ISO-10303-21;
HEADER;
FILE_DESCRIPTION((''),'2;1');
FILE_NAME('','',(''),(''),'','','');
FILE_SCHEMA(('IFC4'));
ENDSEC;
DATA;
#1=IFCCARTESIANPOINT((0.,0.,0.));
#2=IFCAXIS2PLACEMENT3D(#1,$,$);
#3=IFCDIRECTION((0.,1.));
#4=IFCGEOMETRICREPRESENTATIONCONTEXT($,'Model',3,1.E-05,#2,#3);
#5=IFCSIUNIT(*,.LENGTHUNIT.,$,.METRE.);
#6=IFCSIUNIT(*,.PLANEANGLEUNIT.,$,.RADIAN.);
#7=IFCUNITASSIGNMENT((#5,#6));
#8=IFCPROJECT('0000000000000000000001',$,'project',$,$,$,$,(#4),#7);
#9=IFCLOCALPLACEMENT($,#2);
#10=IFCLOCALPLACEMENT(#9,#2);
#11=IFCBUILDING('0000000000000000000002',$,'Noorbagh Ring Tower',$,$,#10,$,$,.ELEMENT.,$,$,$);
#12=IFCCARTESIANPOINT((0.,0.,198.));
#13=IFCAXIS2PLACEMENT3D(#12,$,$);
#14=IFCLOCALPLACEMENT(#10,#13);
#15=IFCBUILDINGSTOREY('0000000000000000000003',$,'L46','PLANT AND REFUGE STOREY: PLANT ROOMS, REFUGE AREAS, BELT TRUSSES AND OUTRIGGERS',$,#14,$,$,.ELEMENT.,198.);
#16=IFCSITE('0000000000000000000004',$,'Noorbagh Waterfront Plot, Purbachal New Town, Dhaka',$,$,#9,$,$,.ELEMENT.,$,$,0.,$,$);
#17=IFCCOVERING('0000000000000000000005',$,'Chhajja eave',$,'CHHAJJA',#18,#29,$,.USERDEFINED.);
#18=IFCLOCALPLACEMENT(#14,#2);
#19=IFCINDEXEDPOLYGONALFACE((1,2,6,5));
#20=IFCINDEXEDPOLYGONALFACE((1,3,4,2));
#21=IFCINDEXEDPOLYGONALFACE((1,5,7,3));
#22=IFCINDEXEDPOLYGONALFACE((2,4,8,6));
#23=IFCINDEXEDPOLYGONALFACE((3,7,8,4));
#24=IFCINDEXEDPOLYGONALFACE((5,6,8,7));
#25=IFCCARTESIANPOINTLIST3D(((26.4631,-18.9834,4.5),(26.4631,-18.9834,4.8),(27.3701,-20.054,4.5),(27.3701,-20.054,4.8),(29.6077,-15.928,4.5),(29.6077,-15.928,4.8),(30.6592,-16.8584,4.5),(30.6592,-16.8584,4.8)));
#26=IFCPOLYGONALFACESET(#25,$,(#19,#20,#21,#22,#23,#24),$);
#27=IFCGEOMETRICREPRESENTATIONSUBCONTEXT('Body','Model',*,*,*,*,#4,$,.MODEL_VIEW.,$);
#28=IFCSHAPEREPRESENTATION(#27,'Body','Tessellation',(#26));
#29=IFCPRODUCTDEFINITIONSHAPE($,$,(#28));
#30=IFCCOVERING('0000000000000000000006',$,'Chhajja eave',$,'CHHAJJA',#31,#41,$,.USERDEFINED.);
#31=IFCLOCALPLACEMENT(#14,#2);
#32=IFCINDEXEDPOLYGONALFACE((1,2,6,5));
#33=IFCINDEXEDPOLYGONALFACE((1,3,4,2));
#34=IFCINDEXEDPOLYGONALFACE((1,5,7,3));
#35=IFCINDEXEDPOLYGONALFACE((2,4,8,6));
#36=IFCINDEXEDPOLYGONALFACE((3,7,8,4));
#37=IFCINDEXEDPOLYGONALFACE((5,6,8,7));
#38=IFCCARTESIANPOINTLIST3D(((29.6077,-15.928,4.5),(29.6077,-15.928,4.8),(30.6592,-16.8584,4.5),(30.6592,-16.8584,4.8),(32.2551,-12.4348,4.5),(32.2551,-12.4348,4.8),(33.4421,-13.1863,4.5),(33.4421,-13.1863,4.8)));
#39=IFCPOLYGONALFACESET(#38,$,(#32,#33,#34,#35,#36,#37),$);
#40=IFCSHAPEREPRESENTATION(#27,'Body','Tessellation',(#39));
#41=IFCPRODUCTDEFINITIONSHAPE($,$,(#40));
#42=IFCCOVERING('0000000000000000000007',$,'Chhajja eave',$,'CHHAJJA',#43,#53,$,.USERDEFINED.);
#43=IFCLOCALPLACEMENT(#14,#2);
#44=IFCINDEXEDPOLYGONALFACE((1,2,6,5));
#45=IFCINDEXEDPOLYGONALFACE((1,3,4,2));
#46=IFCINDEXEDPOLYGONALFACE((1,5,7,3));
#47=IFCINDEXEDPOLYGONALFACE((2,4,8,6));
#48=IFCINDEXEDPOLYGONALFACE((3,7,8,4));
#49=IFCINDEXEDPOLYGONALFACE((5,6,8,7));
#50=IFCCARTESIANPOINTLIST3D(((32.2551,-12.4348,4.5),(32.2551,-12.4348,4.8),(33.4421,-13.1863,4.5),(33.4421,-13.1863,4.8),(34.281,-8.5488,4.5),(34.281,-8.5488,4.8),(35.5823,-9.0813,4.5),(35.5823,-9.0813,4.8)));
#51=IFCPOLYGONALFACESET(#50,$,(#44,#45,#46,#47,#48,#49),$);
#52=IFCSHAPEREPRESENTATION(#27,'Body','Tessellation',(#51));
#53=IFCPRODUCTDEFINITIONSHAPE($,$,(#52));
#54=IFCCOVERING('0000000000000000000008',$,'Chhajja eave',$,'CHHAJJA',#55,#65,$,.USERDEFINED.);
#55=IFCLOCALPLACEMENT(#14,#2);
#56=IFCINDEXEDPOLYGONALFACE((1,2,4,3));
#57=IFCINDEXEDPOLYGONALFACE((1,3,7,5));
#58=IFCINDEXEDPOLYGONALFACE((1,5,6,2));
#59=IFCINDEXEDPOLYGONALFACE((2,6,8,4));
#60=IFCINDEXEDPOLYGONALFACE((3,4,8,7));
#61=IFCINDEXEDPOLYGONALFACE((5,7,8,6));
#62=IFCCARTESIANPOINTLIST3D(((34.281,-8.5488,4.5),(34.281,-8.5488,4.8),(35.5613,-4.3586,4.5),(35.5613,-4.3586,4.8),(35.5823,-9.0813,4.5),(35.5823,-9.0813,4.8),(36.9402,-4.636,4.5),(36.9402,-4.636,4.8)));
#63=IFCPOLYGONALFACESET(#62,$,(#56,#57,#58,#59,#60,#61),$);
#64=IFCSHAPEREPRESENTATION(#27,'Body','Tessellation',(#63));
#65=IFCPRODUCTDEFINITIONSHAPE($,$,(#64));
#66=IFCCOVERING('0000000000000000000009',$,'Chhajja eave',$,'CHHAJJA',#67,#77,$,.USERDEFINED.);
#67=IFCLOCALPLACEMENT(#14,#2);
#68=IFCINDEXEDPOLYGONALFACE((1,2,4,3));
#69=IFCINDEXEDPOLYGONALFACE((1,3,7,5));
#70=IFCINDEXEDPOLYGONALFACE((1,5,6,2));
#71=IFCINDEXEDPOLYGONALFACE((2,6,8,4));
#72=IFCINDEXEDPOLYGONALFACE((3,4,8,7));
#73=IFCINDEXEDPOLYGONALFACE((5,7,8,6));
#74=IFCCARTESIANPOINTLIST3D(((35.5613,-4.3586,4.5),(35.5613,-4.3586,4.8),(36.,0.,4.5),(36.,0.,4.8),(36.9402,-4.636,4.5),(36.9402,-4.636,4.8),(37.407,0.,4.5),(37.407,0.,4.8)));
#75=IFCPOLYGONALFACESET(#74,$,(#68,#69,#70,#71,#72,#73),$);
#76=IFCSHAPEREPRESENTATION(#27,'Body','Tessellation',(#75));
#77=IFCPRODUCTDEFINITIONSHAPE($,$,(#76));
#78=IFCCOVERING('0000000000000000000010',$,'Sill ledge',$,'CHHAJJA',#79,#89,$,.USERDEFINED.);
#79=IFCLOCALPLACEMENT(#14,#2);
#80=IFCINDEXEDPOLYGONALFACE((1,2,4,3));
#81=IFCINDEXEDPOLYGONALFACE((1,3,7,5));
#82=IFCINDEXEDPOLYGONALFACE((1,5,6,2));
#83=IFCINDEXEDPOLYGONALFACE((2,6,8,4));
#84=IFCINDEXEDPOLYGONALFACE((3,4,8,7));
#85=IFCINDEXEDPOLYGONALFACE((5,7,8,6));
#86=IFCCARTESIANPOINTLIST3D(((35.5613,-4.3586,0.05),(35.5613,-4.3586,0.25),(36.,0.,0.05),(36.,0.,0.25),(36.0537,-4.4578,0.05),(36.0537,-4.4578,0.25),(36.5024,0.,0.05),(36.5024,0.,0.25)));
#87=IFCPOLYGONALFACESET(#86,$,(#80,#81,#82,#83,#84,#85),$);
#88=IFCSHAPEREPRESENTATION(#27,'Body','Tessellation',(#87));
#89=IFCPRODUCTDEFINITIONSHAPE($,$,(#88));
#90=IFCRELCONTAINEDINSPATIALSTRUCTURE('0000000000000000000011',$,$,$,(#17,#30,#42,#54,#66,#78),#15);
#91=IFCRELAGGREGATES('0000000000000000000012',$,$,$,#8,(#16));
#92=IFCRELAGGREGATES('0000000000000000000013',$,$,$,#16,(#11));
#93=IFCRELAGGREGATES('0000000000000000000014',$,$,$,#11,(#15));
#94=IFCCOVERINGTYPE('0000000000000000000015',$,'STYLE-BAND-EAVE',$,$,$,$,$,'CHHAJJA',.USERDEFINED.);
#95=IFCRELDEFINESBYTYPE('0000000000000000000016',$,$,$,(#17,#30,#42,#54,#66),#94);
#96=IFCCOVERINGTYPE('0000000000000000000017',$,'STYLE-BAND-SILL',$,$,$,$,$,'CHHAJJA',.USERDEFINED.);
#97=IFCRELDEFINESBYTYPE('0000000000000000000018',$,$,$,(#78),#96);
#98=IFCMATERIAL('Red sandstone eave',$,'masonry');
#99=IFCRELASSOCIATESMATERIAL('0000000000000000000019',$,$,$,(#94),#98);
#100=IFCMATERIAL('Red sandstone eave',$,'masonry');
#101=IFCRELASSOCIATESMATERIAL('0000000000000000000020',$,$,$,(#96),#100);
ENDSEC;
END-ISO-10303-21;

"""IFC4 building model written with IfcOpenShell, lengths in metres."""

from ifc_helpers import new_model, si_unit, direction, frame, origin, place, context, subcontext, project, spatial, polyline, outline, extrude, material, type_object, element, save


model = new_model("IFC4")

# Units and contexts
model_context = context("Model", 3, precision=1e-05, world=origin(), true_north=direction((0.0, 1.0)))
body_context = subcontext(model_context, "Body", "Model", "MODEL_VIEW")
ifc_project = project(units=[si_unit("LENGTHUNIT", "METRE"), si_unit("PLANEANGLEUNIT", "RADIAN")], contexts=[model_context])

# Site, building, storey
site_placement = place(None, origin())
site = spatial("IfcSite", under=ifc_project, at=site_placement, Name="Noorbagh Waterfront Plot, Purbachal New Town, Dhaka", CompositionType="ELEMENT", RefElevation=0.0)
building_placement = place(site_placement, origin())
building = spatial("IfcBuilding", under=site, at=building_placement, Name="Noorbagh Ring Tower", CompositionType="ELEMENT")
storey_placement = place(building_placement, frame((0.0, 0.0, 198.0)))
storey = spatial("IfcBuildingStorey", under=building, at=storey_placement, Name="L46", Description="PLANT AND REFUGE STOREY: PLANT ROOMS, REFUGE AREAS, BELT TRUSSES AND OUTRIGGERS", CompositionType="ELEMENT", Elevation=198.0)

# Coverings
ifc_material_1 = material(Name="Red sandstone eave", Category="masonry")
covering_type_1 = type_object("IfcCoveringType", Name="STYLE-BAND-EAVE", ElementType="CHHAJJA", PredefinedType="USERDEFINED", material=ifc_material_1)
covering_1_placement = place(storey_placement, frame((0.0, 0.0, 4.5)))
element("IfcCovering", 1, at=covering_1_placement, inside=storey, type_object=covering_type_1, Name="Chhajja eave", ObjectType="CHHAJJA", PredefinedType="USERDEFINED", context=body_context, shape_type="SweptSolid", body=[
    extrude(outline(polyline([(26.4631, -18.9834), (29.6077, -15.928), (30.6592, -16.8584), (27.3701, -20.054), (26.4631, -18.9834)])), origin(), (0.0, 0.0, 1.0), 0.3),
])
covering_2_placement = place(storey_placement, frame((0.0, 0.0, 4.5)))
element("IfcCovering", 2, at=covering_2_placement, inside=storey, type_object=covering_type_1, Name="Chhajja eave", ObjectType="CHHAJJA", PredefinedType="USERDEFINED", context=body_context, shape_type="SweptSolid", body=[
    extrude(outline(polyline([(29.6077, -15.928), (32.2551, -12.4348), (33.4421, -13.1863), (30.6592, -16.8584), (29.6077, -15.928)])), origin(), (0.0, 0.0, 1.0), 0.3),
])
covering_3_placement = place(storey_placement, frame((0.0, 0.0, 4.5)))
element("IfcCovering", 3, at=covering_3_placement, inside=storey, type_object=covering_type_1, Name="Chhajja eave", ObjectType="CHHAJJA", PredefinedType="USERDEFINED", context=body_context, shape_type="SweptSolid", body=[
    extrude(outline(polyline([(32.2551, -12.4348), (34.281, -8.5488), (35.5823, -9.0813), (33.4421, -13.1863), (32.2551, -12.4348)])), origin(), (0.0, 0.0, 1.0), 0.3),
])
covering_4_placement = place(storey_placement, frame((0.0, 0.0, 4.5)))
element("IfcCovering", 4, at=covering_4_placement, inside=storey, type_object=covering_type_1, Name="Chhajja eave", ObjectType="CHHAJJA", PredefinedType="USERDEFINED", context=body_context, shape_type="SweptSolid", body=[
    extrude(outline(polyline([(34.281, -8.5488), (35.5613, -4.3586), (36.9402, -4.636), (35.5823, -9.0813), (34.281, -8.5488)])), origin(), (0.0, 0.0, 1.0), 0.3),
])
covering_5_placement = place(storey_placement, frame((0.0, 0.0, 4.5)))
element("IfcCovering", 5, at=covering_5_placement, inside=storey, type_object=covering_type_1, Name="Chhajja eave", ObjectType="CHHAJJA", PredefinedType="USERDEFINED", context=body_context, shape_type="SweptSolid", body=[
    extrude(outline(polyline([(35.5613, -4.3586), (36.0, 0.0), (37.407, 0.0), (36.9402, -4.636), (35.5613, -4.3586)])), origin(), (0.0, 0.0, 1.0), 0.3),
])
ifc_material_2 = material(Name="Red sandstone eave", Category="masonry")
covering_type_2 = type_object("IfcCoveringType", Name="STYLE-BAND-SILL", ElementType="CHHAJJA", PredefinedType="USERDEFINED", material=ifc_material_2)
covering_6_placement = place(storey_placement, frame((0.0, 0.0, 0.05)))
element("IfcCovering", 6, at=covering_6_placement, inside=storey, type_object=covering_type_2, Name="Sill ledge", ObjectType="CHHAJJA", PredefinedType="USERDEFINED", context=body_context, shape_type="SweptSolid", body=[
    extrude(outline(polyline([(35.5613, -4.3586), (36.0, 0.0), (36.5024, 0.0), (36.0537, -4.4578), (35.5613, -4.3586)])), origin(), (0.0, 0.0, 1.0), 0.2),
])

save(model, "model.ifc")
